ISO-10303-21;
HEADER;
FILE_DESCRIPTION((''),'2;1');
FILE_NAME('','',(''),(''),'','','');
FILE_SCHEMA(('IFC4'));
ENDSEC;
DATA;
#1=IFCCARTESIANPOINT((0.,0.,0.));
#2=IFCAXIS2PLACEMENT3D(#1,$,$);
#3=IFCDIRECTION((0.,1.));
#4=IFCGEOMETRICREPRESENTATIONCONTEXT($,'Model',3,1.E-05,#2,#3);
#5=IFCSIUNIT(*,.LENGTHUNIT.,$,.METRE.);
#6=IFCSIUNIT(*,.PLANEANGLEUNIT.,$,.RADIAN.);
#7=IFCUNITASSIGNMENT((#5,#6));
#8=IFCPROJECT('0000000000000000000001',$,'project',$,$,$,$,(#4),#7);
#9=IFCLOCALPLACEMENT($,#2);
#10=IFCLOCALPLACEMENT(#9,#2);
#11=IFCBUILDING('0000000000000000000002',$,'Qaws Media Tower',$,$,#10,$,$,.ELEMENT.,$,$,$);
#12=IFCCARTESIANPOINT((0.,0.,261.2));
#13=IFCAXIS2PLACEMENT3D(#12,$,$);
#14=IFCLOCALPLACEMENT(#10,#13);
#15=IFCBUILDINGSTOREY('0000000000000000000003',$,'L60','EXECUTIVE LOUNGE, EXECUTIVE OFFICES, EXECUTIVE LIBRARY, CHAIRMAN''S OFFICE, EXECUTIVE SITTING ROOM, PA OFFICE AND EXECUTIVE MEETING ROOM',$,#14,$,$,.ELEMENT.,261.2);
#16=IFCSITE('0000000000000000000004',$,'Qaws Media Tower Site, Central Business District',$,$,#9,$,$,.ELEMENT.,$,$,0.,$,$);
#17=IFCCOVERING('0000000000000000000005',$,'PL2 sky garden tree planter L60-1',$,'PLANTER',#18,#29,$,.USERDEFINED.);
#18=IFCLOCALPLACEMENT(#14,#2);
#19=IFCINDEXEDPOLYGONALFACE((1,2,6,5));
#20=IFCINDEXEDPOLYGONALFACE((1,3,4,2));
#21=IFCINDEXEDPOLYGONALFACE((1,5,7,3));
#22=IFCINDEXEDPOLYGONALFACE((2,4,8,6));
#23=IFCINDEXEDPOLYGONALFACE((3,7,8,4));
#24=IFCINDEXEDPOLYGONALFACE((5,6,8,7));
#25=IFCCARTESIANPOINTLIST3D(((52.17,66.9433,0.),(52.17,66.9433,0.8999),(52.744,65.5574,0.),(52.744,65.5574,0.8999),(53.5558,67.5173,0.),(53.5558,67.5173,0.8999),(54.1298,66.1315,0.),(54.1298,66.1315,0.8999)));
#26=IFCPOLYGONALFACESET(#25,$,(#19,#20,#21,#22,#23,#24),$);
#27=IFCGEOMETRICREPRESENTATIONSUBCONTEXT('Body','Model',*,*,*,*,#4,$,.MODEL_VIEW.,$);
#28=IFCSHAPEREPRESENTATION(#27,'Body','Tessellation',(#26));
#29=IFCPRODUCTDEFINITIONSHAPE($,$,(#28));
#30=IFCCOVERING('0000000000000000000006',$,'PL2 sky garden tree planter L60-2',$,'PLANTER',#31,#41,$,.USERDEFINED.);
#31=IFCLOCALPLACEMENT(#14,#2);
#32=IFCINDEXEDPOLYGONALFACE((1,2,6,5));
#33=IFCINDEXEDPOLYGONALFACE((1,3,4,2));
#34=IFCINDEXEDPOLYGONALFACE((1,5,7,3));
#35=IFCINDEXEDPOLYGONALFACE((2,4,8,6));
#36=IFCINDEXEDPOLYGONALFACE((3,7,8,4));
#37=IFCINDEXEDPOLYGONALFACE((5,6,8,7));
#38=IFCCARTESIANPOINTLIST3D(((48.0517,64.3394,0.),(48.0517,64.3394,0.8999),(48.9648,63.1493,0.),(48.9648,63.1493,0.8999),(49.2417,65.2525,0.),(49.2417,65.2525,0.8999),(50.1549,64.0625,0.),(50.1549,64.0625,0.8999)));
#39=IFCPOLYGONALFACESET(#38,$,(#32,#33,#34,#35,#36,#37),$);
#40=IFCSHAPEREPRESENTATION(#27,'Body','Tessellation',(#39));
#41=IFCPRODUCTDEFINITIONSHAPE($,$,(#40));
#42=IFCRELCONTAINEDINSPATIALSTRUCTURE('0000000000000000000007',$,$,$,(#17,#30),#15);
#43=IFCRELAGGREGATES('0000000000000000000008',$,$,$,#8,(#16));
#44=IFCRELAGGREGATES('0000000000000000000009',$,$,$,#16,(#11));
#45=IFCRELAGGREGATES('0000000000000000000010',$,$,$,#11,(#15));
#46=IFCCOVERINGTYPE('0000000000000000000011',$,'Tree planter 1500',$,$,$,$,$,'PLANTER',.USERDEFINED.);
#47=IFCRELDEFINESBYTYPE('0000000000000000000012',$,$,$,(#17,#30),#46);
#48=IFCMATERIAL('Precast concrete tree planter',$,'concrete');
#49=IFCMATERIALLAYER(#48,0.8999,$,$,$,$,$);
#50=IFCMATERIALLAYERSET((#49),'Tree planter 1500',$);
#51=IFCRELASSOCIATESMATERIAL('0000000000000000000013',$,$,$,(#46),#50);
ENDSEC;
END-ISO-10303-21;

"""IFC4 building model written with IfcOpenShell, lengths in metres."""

from ifc_helpers import new_model, si_unit, direction, frame, origin, origin_2d, place, context, subcontext, project, spatial, rectangle, extrude, material, layer, layer_set, type_object, element, save


model = new_model("IFC4")

# Units and contexts
model_context = context("Model", 3, precision=1e-05, world=origin(), true_north=direction((0.0, 1.0)))
body_context = subcontext(model_context, "Body", "Model", "MODEL_VIEW")
ifc_project = project(units=[si_unit("LENGTHUNIT", "METRE"), si_unit("PLANEANGLEUNIT", "RADIAN")], contexts=[model_context])

# Site, building, storey
site_placement = place(None, origin())
site = spatial("IfcSite", under=ifc_project, at=site_placement, Name="Qaws Media Tower Site, Central Business District", CompositionType="ELEMENT", RefElevation=0.0)
building_placement = place(site_placement, origin())
building = spatial("IfcBuilding", under=site, at=building_placement, Name="Qaws Media Tower", CompositionType="ELEMENT")
storey_placement = place(building_placement, frame((0.0, 0.0, 261.2)))
storey = spatial("IfcBuildingStorey", under=building, at=storey_placement, Name="L60", Description="EXECUTIVE LOUNGE, EXECUTIVE OFFICES, EXECUTIVE LIBRARY, CHAIRMAN'S OFFICE, EXECUTIVE SITTING ROOM, PA OFFICE AND EXECUTIVE MEETING ROOM", CompositionType="ELEMENT", Elevation=261.2)

# Coverings
ifc_material_1 = material(Name="Precast concrete tree planter", Category="concrete")
ifc_layer_1 = layer(ifc_material_1, 0.8999)
ifc_layer_set_1 = layer_set([ifc_layer_1], Name="Tree planter 1500")
covering_type = type_object("IfcCoveringType", Name="Tree planter 1500", ElementType="PLANTER", PredefinedType="USERDEFINED", material=ifc_layer_set_1)
for number, where, z_axis, x_axis, name in (
    (1, (53.1499, 66.5374, 0.0), (0.0, 0.0, 1.0), (-0.382683, 0.92388, 0.0), "PL2 sky garden tree planter L60-1"),
    (2, (49.1033, 64.2009, 0.0), (0.0, 0.0, 1.0), (-0.608761, 0.793353, 0.0), "PL2 sky garden tree planter L60-2"),
):
    element("IfcCovering", number, at=place(storey_placement, frame(where, z_axis=z_axis, x_axis=x_axis)), inside=storey, type_object=covering_type, Name=name, ObjectType="PLANTER", PredefinedType="USERDEFINED", context=body_context, shape_type="SweptSolid", body=[
        extrude(rectangle(XDim=1.5, YDim=1.5, at=origin_2d()), origin(), (0.0, 0.0, 1.0), 0.8999),
    ])

save(model, "model.ifc")
